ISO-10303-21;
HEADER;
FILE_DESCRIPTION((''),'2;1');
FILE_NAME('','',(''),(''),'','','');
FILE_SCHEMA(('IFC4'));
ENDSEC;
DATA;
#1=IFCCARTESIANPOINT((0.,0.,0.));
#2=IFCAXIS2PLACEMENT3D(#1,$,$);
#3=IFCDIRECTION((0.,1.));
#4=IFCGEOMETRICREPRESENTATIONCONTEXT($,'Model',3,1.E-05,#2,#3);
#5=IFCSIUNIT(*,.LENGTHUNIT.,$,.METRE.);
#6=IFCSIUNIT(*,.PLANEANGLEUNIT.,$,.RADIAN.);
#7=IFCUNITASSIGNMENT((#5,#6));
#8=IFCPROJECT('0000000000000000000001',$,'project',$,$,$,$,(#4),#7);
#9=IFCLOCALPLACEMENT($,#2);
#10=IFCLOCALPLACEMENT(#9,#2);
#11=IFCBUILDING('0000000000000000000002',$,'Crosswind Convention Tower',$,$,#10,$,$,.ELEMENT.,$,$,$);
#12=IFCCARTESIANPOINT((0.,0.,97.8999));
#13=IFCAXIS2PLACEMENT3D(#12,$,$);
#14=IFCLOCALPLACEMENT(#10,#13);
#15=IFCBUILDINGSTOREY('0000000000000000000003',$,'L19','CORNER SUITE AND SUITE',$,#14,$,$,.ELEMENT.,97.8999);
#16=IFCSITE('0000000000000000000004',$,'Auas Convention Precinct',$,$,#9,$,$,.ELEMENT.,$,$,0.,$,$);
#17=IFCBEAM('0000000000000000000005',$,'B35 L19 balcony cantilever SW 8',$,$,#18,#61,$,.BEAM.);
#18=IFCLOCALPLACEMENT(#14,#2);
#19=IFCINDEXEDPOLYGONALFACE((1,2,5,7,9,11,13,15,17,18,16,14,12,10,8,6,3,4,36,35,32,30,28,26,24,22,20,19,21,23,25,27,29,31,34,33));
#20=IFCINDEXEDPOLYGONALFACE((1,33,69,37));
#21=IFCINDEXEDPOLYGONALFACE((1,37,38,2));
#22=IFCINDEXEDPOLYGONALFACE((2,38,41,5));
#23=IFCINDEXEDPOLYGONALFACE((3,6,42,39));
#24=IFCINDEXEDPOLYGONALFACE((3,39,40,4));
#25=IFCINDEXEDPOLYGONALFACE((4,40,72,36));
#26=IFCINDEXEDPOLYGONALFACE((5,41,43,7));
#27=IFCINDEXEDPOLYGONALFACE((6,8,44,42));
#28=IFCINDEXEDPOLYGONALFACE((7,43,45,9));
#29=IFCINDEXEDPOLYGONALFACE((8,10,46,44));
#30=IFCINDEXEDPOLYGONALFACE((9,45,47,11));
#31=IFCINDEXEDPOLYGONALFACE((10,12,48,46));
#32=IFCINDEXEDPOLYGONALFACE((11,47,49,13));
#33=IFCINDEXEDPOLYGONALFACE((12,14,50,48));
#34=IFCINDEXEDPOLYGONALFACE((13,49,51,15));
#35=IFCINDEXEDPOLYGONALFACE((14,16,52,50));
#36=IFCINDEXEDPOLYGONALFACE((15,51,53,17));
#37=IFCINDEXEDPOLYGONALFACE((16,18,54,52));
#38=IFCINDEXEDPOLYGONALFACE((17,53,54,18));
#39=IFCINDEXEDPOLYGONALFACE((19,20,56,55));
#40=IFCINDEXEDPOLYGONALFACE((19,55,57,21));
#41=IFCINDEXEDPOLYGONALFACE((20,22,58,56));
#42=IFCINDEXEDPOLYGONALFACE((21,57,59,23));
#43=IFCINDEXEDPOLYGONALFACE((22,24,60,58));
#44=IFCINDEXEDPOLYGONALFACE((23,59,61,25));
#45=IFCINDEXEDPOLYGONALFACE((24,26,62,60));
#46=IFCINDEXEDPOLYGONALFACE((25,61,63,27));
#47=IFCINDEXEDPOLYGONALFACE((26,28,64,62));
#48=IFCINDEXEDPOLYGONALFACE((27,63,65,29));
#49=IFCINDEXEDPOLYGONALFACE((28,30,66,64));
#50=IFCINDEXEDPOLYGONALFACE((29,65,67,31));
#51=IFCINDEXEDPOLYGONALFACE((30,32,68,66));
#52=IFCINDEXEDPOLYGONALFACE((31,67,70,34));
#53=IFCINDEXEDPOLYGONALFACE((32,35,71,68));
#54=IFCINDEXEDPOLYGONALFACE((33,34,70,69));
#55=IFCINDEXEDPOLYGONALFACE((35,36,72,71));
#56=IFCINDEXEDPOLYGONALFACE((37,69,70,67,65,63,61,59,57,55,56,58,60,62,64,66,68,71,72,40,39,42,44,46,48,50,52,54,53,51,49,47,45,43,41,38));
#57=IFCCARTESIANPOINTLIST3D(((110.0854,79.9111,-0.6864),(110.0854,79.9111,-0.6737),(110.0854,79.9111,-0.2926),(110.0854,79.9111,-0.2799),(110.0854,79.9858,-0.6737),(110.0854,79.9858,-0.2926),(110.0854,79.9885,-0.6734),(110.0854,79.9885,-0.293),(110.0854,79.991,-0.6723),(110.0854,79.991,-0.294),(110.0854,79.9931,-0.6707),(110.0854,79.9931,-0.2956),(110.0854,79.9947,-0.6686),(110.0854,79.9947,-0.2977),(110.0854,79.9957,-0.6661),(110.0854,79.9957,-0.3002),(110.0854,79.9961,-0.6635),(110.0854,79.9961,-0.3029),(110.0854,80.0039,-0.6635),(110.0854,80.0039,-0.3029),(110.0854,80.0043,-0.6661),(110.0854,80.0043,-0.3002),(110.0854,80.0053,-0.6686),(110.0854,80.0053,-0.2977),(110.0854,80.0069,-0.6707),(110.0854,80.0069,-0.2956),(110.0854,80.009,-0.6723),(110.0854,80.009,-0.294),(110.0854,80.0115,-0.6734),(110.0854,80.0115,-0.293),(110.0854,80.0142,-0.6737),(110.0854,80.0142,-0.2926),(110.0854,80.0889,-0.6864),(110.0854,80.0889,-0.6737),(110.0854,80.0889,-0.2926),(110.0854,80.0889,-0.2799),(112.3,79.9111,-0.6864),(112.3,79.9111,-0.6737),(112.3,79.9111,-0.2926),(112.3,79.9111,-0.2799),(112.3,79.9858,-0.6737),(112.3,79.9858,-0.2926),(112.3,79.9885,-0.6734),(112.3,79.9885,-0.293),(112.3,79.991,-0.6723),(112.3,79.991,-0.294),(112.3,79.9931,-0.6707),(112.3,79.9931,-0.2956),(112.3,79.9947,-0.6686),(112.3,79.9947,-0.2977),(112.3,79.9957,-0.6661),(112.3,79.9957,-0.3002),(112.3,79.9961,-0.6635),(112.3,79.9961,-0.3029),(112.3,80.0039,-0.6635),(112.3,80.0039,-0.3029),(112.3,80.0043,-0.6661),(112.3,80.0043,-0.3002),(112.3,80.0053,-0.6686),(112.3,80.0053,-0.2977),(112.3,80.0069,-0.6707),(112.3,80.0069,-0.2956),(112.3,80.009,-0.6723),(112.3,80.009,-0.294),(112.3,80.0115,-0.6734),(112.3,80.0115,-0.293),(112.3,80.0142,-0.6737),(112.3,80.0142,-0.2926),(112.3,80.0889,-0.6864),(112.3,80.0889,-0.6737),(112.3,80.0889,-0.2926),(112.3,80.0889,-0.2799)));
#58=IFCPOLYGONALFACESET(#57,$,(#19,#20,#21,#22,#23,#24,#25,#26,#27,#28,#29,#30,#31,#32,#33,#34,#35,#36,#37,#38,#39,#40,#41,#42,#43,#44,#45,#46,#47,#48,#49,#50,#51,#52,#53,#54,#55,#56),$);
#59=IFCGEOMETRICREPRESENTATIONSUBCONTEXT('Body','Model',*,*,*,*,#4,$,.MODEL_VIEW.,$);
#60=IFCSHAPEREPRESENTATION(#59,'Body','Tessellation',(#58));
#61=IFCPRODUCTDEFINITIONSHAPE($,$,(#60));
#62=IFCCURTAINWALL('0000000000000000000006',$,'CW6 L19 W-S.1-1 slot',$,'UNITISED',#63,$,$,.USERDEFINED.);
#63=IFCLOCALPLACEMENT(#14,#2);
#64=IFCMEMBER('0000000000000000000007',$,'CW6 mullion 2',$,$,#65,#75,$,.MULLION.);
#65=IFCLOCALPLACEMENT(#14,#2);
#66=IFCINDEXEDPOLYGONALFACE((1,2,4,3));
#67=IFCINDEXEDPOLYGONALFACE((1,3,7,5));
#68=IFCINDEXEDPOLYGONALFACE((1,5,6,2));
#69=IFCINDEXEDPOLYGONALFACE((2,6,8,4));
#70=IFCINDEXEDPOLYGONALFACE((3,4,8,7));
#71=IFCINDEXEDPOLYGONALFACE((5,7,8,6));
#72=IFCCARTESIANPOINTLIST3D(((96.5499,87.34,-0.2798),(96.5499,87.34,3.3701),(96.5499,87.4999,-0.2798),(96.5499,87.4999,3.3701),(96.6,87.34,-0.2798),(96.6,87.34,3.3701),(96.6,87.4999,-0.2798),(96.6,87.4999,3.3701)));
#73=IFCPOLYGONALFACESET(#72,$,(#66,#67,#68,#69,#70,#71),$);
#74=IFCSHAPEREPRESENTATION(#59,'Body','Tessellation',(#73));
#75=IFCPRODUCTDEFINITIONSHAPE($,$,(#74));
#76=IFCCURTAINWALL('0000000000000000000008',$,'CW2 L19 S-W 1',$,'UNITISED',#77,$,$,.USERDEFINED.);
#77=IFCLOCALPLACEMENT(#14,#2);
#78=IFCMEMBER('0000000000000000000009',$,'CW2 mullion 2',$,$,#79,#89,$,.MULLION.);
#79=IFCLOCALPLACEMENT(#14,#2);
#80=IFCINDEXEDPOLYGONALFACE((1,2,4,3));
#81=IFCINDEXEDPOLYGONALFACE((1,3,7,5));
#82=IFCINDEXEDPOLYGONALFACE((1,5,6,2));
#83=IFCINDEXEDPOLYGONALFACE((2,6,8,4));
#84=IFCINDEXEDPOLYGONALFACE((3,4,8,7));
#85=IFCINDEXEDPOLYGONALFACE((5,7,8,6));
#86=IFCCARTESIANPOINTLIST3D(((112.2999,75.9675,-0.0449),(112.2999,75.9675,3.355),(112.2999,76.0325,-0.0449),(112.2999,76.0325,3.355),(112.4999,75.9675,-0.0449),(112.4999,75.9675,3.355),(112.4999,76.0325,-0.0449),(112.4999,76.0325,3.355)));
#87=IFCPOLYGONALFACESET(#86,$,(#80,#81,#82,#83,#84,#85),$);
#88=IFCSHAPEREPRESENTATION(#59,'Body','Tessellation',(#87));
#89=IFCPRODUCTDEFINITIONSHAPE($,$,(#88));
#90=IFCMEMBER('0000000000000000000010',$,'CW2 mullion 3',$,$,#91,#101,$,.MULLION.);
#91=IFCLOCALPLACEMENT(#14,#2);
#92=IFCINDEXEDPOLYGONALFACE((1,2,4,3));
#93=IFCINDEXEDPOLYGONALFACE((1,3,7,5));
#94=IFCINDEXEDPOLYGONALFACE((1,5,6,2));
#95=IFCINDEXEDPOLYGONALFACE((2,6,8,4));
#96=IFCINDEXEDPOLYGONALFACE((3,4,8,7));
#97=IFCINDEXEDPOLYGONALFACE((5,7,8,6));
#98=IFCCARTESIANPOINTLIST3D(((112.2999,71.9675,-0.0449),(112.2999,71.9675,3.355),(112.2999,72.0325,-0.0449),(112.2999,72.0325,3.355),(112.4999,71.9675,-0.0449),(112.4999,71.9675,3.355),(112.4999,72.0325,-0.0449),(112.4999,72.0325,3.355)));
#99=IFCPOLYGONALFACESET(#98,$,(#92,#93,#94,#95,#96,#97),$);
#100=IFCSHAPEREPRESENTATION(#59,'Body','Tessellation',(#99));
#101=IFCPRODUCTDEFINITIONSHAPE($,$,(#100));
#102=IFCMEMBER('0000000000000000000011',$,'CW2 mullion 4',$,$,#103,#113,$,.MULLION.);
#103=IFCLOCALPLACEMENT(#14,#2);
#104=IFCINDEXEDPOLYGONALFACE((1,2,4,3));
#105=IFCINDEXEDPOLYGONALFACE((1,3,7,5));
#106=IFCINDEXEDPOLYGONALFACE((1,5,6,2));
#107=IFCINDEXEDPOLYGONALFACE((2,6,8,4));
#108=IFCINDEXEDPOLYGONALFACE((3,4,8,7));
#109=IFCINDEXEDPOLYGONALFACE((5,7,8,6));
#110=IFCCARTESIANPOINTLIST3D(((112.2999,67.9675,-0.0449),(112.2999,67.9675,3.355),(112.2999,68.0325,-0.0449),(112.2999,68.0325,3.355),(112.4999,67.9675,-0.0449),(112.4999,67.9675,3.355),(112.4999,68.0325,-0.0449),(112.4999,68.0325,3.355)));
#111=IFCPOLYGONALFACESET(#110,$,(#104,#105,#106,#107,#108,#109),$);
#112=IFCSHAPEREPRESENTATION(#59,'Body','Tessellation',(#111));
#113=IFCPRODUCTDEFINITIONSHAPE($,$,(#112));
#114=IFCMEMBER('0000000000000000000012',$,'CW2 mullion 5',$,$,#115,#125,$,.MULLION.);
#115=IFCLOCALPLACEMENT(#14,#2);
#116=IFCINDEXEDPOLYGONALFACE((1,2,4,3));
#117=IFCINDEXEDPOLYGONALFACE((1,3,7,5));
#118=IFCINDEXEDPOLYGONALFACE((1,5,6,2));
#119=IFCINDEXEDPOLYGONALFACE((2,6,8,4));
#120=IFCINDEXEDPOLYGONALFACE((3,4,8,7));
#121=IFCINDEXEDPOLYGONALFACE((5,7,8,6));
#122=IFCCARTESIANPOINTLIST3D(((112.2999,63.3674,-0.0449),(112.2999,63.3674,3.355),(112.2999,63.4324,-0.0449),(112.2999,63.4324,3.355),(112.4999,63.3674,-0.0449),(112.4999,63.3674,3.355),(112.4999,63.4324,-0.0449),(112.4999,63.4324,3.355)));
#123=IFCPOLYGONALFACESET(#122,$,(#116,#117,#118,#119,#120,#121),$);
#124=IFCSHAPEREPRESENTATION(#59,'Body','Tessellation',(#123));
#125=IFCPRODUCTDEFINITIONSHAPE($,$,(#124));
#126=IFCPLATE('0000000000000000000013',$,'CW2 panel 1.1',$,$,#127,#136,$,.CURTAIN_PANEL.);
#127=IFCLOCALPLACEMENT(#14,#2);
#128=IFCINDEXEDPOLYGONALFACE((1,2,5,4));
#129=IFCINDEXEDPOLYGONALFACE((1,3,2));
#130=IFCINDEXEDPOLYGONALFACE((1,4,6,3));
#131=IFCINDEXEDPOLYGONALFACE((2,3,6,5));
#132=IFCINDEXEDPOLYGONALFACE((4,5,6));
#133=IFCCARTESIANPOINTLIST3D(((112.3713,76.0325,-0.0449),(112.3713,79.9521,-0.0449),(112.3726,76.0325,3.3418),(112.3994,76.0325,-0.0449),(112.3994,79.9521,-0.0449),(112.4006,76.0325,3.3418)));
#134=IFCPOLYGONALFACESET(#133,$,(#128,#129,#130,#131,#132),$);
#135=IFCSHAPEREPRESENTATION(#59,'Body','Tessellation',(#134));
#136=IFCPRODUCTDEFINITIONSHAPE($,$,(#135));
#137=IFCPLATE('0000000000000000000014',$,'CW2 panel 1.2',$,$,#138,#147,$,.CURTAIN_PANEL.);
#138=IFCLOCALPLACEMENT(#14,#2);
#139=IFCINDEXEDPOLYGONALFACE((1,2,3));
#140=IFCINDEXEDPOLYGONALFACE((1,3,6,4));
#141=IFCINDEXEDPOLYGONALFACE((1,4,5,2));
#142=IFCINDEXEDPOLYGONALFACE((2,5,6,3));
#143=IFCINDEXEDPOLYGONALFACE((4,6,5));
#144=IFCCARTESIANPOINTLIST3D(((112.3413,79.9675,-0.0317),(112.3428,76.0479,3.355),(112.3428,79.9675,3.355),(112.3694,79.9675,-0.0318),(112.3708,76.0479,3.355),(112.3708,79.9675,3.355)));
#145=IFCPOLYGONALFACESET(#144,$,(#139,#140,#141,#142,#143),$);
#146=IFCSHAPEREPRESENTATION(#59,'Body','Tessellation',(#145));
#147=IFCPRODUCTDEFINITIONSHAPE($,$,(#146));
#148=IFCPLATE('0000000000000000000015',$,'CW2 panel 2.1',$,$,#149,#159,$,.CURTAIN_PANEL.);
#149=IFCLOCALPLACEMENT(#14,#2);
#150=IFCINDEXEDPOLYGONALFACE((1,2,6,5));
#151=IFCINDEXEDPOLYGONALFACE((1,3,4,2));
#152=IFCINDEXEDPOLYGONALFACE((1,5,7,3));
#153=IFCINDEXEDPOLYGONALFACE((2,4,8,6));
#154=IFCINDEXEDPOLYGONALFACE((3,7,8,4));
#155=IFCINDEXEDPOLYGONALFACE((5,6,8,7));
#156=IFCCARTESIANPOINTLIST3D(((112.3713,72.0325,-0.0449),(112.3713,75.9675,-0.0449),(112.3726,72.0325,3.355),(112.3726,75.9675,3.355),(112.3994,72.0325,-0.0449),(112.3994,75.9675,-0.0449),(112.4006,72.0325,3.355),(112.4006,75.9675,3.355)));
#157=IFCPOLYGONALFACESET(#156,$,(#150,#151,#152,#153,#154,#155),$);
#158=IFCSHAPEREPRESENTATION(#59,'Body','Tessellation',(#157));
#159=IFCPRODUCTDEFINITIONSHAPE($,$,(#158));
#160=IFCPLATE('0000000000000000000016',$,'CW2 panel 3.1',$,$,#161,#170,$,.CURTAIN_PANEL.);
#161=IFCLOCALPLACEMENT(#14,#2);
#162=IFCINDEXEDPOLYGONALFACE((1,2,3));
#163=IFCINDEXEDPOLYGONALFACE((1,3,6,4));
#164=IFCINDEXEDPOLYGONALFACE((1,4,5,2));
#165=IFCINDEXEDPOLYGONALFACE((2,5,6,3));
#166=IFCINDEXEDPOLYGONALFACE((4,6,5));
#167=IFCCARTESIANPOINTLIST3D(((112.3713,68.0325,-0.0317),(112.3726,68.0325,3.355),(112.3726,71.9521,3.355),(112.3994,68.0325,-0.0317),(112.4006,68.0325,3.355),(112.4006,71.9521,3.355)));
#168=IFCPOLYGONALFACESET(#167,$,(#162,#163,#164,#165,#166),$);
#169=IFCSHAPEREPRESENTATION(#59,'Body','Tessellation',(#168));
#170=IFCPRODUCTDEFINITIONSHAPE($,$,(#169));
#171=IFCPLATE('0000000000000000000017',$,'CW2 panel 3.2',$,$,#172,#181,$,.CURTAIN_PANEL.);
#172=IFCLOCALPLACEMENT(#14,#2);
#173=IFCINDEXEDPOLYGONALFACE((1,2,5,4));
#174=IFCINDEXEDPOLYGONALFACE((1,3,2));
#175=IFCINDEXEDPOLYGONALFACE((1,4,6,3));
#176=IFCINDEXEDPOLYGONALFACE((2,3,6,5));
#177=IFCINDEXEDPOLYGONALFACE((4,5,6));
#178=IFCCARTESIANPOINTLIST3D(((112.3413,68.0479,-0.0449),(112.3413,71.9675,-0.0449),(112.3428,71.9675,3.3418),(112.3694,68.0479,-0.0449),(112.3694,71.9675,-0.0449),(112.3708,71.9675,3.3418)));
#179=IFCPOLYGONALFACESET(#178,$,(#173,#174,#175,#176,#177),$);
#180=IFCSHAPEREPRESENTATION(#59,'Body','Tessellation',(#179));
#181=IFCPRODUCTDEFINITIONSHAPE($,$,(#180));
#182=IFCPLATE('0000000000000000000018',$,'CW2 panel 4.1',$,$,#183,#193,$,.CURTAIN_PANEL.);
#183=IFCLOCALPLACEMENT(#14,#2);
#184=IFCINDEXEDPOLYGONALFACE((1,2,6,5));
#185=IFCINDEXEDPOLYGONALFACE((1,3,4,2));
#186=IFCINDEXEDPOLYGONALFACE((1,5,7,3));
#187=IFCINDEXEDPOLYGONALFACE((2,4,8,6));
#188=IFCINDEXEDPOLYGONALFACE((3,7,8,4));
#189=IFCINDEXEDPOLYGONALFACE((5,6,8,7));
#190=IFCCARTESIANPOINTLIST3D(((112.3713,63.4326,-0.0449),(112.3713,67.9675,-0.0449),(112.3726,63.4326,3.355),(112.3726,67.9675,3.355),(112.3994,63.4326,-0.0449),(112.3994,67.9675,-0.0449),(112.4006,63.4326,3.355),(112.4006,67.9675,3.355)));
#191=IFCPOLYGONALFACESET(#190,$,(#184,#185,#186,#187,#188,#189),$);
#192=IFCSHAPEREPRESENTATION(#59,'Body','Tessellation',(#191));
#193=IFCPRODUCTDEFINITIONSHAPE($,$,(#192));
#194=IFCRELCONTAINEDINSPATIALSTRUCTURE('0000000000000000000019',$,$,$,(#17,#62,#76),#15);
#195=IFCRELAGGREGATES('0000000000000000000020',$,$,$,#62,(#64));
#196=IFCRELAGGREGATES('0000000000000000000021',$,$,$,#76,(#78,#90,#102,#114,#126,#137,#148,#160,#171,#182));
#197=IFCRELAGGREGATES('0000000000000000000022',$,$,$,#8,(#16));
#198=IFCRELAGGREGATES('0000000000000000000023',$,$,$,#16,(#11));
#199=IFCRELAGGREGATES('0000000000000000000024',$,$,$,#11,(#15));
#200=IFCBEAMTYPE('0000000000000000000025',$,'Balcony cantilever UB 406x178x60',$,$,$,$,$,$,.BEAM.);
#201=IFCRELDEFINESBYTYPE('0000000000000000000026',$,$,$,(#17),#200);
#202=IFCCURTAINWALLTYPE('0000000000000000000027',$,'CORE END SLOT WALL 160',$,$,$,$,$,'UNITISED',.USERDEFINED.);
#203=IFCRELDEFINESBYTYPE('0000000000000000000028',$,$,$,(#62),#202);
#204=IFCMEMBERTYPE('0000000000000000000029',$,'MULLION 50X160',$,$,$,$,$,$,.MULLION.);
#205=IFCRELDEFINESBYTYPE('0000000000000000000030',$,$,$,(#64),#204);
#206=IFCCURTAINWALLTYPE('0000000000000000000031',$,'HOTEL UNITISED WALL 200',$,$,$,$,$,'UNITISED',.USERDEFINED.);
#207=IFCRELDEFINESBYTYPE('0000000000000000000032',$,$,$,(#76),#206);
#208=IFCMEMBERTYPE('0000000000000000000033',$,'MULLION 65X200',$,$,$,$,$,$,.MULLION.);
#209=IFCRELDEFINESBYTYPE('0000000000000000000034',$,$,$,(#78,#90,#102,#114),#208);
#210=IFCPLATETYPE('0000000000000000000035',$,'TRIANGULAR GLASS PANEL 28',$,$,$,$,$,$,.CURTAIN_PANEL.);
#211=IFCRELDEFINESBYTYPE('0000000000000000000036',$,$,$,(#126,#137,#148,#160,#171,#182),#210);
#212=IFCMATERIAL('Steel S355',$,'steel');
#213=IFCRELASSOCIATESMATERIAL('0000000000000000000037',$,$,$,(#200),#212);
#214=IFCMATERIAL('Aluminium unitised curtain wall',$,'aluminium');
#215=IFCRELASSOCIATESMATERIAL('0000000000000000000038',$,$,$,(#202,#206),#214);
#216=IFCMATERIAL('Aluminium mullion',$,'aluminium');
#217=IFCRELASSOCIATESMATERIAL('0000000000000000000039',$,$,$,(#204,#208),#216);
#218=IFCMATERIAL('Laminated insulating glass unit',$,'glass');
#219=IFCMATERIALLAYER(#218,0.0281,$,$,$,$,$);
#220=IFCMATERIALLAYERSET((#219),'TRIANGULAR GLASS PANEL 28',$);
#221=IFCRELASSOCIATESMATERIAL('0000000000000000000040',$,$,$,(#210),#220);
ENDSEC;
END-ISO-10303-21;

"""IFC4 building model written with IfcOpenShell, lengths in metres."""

from ifc_helpers import new_model, si_unit, direction, frame, origin, origin_2d, place, context, subcontext, project, spatial, polyline, rectangle, i_section, outline, extrude, material, layer, layer_set, material_profile, profile_set, type_object, element, aggregate, save


model = new_model("IFC4")

# Units and contexts
model_context = context("Model", 3, precision=1e-05, world=origin(), true_north=direction((0.0, 1.0)))
body_context = subcontext(model_context, "Body", "Model", "MODEL_VIEW")
ifc_project = project(units=[si_unit("LENGTHUNIT", "METRE"), si_unit("PLANEANGLEUNIT", "RADIAN")], contexts=[model_context])

# Site, building, storey
site_placement = place(None, origin())
site = spatial("IfcSite", under=ifc_project, at=site_placement, Name="Auas Convention Precinct", CompositionType="ELEMENT", RefElevation=0.0)
building_placement = place(site_placement, origin())
building = spatial("IfcBuilding", under=site, at=building_placement, Name="Crosswind Convention Tower", CompositionType="ELEMENT")
storey_placement = place(building_placement, frame((0.0, 0.0, 97.8999)))
storey = spatial("IfcBuildingStorey", under=building, at=storey_placement, Name="L19", Description="CORNER SUITE AND SUITE", CompositionType="ELEMENT", Elevation=97.8999)

# Beam
ifc_material_1 = material(Name="Steel S355", Category="steel")
ifc_material_profile_1 = material_profile(ifc_material_1, i_section(OverallWidth=0.1777, OverallDepth=0.4065, WebThickness=0.0078, FlangeThickness=0.0127, FilletRadius=0.0103, at=origin_2d()), Name="UB 406x178x60")
ifc_profile_set_1 = profile_set([ifc_material_profile_1], Name="Steel S355")
beam_type = type_object("IfcBeamType", Name="Balcony cantilever UB 406x178x60", PredefinedType="BEAM", material=ifc_profile_set_1)
beam_placement = place(storey_placement, frame((112.3, 80.0, -0.4832), z_axis=(-1.0, 0.0, 0.0), x_axis=(0.0, -1.0, 0.0)))
element("IfcBeam", 1, at=beam_placement, inside=storey, type_object=beam_type, Name="B35 L19 balcony cantilever SW 8", PredefinedType="BEAM", context=body_context, shape_type="SweptSolid", body=[
    extrude(i_section(OverallWidth=0.1777, OverallDepth=0.4065, WebThickness=0.0078, FlangeThickness=0.0127, FilletRadius=0.0103, at=origin_2d()), origin(), (0.0, 0.0, 1.0), 2.2146),
])

# Curtain wall, member
ifc_material_2 = material(Name="Aluminium unitised curtain wall", Category="aluminium")
curtain_wall_type_1 = type_object("IfcCurtainWallType", Name="CORE END SLOT WALL 160", ElementType="UNITISED", PredefinedType="USERDEFINED", material=ifc_material_2)
curtain_wall_1_placement = place(storey_placement, origin())
curtain_wall_1 = element("IfcCurtainWall", 2, at=curtain_wall_1_placement, inside=storey, type_object=curtain_wall_type_1, Name="CW6 L19 W-S.1-1 slot", ObjectType="UNITISED", PredefinedType="USERDEFINED")
ifc_material_3 = material(Name="Aluminium mullion", Category="aluminium")
ifc_material_profile_2 = material_profile(ifc_material_3, rectangle(XDim=0.1599, YDim=0.05, at=origin_2d()), Name="AL 160X50")
ifc_profile_set_2 = profile_set([ifc_material_profile_2], Name="Aluminium mullion")
member_type_1 = type_object("IfcMemberType", Name="MULLION 50X160", PredefinedType="MULLION", material=ifc_profile_set_2)
member_1_placement = place(storey_placement, frame((96.575, 87.4199, -0.2798), z_axis=(0.0, 0.0, 1.0), x_axis=(0.0, -1.0, 0.0)))
member_1 = element("IfcMember", 3, at=member_1_placement, type_object=member_type_1, Name="CW6 mullion 2", PredefinedType="MULLION", context=body_context, shape_type="SweptSolid", body=[
    extrude(rectangle(XDim=0.1599, YDim=0.05, at=origin_2d()), origin(), (0.0, 0.0, 1.0), 3.6499),
])
aggregate(curtain_wall_1, [member_1])

# Curtain wall, members, plates
curtain_wall_type_2 = type_object("IfcCurtainWallType", Name="HOTEL UNITISED WALL 200", ElementType="UNITISED", PredefinedType="USERDEFINED", material=ifc_material_2)
curtain_wall_2_placement = place(storey_placement, origin())
curtain_wall_2 = element("IfcCurtainWall", 4, at=curtain_wall_2_placement, inside=storey, type_object=curtain_wall_type_2, Name="CW2 L19 S-W 1", ObjectType="UNITISED", PredefinedType="USERDEFINED")
ifc_material_profile_3 = material_profile(ifc_material_3, rectangle(XDim=0.2, YDim=0.0649, at=origin_2d()), Name="AL 200X65")
ifc_profile_set_3 = profile_set([ifc_material_profile_3], Name="Aluminium mullion")
member_type_2 = type_object("IfcMemberType", Name="MULLION 65X200", PredefinedType="MULLION", material=ifc_profile_set_3)
member_2_placement = place(storey_placement, frame((112.3999, 76.0, -0.0449), z_axis=(0.0, 0.0, 1.0), x_axis=(-1.0, 0.0, 0.0)))
member_2 = element("IfcMember", 5, at=member_2_placement, type_object=member_type_2, Name="CW2 mullion 2", PredefinedType="MULLION", context=body_context, shape_type="SweptSolid", body=[
    extrude(rectangle(XDim=0.2, YDim=0.0649, at=origin_2d()), origin(), (0.0, 0.0, 1.0), 3.3999),
])
member_3_placement = place(storey_placement, frame((112.3999, 72.0, -0.0449), z_axis=(0.0, 0.0, 1.0), x_axis=(-1.0, 0.0, 0.0)))
member_3 = element("IfcMember", 6, at=member_3_placement, type_object=member_type_2, Name="CW2 mullion 3", PredefinedType="MULLION", context=body_context, shape_type="SweptSolid", body=[
    extrude(rectangle(XDim=0.2, YDim=0.0649, at=origin_2d()), origin(), (0.0, 0.0, 1.0), 3.3999),
])
member_4_placement = place(storey_placement, frame((112.3999, 68.0, -0.0449), z_axis=(0.0, 0.0, 1.0), x_axis=(-1.0, 0.0, 0.0)))
member_4 = element("IfcMember", 7, at=member_4_placement, type_object=member_type_2, Name="CW2 mullion 4", PredefinedType="MULLION", context=body_context, shape_type="SweptSolid", body=[
    extrude(rectangle(XDim=0.2, YDim=0.0649, at=origin_2d()), origin(), (0.0, 0.0, 1.0), 3.3999),
])
member_5_placement = place(storey_placement, frame((112.3999, 63.3999, -0.0449), z_axis=(0.0, 0.0, 1.0), x_axis=(-1.0, 0.0, 0.0)))
member_5 = element("IfcMember", 8, at=member_5_placement, type_object=member_type_2, Name="CW2 mullion 5", PredefinedType="MULLION", context=body_context, shape_type="SweptSolid", body=[
    extrude(rectangle(XDim=0.2, YDim=0.0649, at=origin_2d()), origin(), (0.0, 0.0, 1.0), 3.3999),
])
ifc_material_4 = material(Name="Laminated insulating glass unit", Category="glass")
ifc_layer_1 = layer(ifc_material_4, 0.0281)
ifc_layer_set_1 = layer_set([ifc_layer_1], Name="TRIANGULAR GLASS PANEL 28")
plate_type = type_object("IfcPlateType", Name="TRIANGULAR GLASS PANEL 28", PredefinedType="CURTAIN_PANEL", material=ifc_layer_set_1)
plate_1_placement = place(storey_placement, frame((112.3713, 76.0325, -0.0449), z_axis=(-1.0, 0.0, 0.00036), x_axis=(0.00036, 0.0, 1.0)))
plate_1 = element("IfcPlate", 9, at=plate_1_placement, type_object=plate_type, Name="CW2 panel 1.1", PredefinedType="CURTAIN_PANEL", context=body_context, shape_type="SweptSolid", body=[
    extrude(outline(polyline([(0.0, 0.0), (3.3867, 0.0), (0.0, 3.9197), (0.0, 0.0)])), origin(), (0.0, 0.0, -1.0), 0.0281),
])
plate_2_placement = place(storey_placement, frame((112.3428, 79.9675, 3.355), z_axis=(-1.0, 0.0, 0.000433), x_axis=(-0.000433, 0.0, -1.0)))
plate_2 = element("IfcPlate", 10, at=plate_2_placement, type_object=plate_type, Name="CW2 panel 1.2", PredefinedType="CURTAIN_PANEL", context=body_context, shape_type="SweptSolid", body=[
    extrude(outline(polyline([(0.0, 0.0), (3.3867, 0.0), (0.0, 3.9197), (0.0, 0.0)])), origin(), (0.0, 0.0, -1.0), 0.0281),
])
plate_3_placement = place(storey_placement, frame((112.3713, 75.9675, -0.0449), z_axis=(-1.0, 0.0, 0.000359), x_axis=(0.0, -1.0, 0.0)))
plate_3 = element("IfcPlate", 11, at=plate_3_placement, type_object=plate_type, Name="CW2 panel 2.1", PredefinedType="CURTAIN_PANEL", context=body_context, shape_type="SweptSolid", body=[
    extrude(outline(polyline([(0.0, 0.0), (3.9351, 0.0), (3.9351, 3.3999), (0.0, 3.3999), (0.0, 0.0)])), origin(), (0.0, 0.0, -1.0), 0.0281),
])
plate_4_placement = place(storey_placement, frame((112.3726, 68.0325, 3.355), z_axis=(-1.0, 0.0, 0.00036), x_axis=(0.0, 1.0, 0.0)))
plate_4 = element("IfcPlate", 12, at=plate_4_placement, type_object=plate_type, Name="CW2 panel 3.1", PredefinedType="CURTAIN_PANEL", context=body_context, shape_type="SweptSolid", body=[
    extrude(outline(polyline([(0.0, 0.0), (3.9197, 0.0), (0.0, 3.3867), (0.0, 0.0)])), origin(), (0.0, 0.0, -1.0), 0.0281),
])
plate_5_placement = place(storey_placement, frame((112.3413, 71.9675, -0.0449), z_axis=(-1.0, 0.0, 0.000433), x_axis=(0.0, -1.0, 0.0)))
plate_5 = element("IfcPlate", 13, at=plate_5_placement, type_object=plate_type, Name="CW2 panel 3.2", PredefinedType="CURTAIN_PANEL", context=body_context, shape_type="SweptSolid", body=[
    extrude(outline(polyline([(0.0, 0.0), (3.9197, 0.0), (0.0, 3.3867), (0.0, 0.0)])), origin(), (0.0, 0.0, -1.0), 0.0281),
])
plate_6_placement = place(storey_placement, frame((112.3713, 67.9675, -0.0449), z_axis=(-1.0, 0.0, 0.000359), x_axis=(0.0, -1.0, 0.0)))
plate_6 = element("IfcPlate", 14, at=plate_6_placement, type_object=plate_type, Name="CW2 panel 4.1", PredefinedType="CURTAIN_PANEL", context=body_context, shape_type="SweptSolid", body=[
    extrude(outline(polyline([(0.0, 0.0), (4.5349, 0.0), (4.5349, 3.3999), (0.0, 3.3999), (0.0, 0.0)])), origin(), (0.0, 0.0, -1.0), 0.0281),
])

aggregate(curtain_wall_2, [member_2, member_3, member_4, member_5, plate_1, plate_2, plate_3, plate_4, plate_5, plate_6])

save(model, "model.ifc")
